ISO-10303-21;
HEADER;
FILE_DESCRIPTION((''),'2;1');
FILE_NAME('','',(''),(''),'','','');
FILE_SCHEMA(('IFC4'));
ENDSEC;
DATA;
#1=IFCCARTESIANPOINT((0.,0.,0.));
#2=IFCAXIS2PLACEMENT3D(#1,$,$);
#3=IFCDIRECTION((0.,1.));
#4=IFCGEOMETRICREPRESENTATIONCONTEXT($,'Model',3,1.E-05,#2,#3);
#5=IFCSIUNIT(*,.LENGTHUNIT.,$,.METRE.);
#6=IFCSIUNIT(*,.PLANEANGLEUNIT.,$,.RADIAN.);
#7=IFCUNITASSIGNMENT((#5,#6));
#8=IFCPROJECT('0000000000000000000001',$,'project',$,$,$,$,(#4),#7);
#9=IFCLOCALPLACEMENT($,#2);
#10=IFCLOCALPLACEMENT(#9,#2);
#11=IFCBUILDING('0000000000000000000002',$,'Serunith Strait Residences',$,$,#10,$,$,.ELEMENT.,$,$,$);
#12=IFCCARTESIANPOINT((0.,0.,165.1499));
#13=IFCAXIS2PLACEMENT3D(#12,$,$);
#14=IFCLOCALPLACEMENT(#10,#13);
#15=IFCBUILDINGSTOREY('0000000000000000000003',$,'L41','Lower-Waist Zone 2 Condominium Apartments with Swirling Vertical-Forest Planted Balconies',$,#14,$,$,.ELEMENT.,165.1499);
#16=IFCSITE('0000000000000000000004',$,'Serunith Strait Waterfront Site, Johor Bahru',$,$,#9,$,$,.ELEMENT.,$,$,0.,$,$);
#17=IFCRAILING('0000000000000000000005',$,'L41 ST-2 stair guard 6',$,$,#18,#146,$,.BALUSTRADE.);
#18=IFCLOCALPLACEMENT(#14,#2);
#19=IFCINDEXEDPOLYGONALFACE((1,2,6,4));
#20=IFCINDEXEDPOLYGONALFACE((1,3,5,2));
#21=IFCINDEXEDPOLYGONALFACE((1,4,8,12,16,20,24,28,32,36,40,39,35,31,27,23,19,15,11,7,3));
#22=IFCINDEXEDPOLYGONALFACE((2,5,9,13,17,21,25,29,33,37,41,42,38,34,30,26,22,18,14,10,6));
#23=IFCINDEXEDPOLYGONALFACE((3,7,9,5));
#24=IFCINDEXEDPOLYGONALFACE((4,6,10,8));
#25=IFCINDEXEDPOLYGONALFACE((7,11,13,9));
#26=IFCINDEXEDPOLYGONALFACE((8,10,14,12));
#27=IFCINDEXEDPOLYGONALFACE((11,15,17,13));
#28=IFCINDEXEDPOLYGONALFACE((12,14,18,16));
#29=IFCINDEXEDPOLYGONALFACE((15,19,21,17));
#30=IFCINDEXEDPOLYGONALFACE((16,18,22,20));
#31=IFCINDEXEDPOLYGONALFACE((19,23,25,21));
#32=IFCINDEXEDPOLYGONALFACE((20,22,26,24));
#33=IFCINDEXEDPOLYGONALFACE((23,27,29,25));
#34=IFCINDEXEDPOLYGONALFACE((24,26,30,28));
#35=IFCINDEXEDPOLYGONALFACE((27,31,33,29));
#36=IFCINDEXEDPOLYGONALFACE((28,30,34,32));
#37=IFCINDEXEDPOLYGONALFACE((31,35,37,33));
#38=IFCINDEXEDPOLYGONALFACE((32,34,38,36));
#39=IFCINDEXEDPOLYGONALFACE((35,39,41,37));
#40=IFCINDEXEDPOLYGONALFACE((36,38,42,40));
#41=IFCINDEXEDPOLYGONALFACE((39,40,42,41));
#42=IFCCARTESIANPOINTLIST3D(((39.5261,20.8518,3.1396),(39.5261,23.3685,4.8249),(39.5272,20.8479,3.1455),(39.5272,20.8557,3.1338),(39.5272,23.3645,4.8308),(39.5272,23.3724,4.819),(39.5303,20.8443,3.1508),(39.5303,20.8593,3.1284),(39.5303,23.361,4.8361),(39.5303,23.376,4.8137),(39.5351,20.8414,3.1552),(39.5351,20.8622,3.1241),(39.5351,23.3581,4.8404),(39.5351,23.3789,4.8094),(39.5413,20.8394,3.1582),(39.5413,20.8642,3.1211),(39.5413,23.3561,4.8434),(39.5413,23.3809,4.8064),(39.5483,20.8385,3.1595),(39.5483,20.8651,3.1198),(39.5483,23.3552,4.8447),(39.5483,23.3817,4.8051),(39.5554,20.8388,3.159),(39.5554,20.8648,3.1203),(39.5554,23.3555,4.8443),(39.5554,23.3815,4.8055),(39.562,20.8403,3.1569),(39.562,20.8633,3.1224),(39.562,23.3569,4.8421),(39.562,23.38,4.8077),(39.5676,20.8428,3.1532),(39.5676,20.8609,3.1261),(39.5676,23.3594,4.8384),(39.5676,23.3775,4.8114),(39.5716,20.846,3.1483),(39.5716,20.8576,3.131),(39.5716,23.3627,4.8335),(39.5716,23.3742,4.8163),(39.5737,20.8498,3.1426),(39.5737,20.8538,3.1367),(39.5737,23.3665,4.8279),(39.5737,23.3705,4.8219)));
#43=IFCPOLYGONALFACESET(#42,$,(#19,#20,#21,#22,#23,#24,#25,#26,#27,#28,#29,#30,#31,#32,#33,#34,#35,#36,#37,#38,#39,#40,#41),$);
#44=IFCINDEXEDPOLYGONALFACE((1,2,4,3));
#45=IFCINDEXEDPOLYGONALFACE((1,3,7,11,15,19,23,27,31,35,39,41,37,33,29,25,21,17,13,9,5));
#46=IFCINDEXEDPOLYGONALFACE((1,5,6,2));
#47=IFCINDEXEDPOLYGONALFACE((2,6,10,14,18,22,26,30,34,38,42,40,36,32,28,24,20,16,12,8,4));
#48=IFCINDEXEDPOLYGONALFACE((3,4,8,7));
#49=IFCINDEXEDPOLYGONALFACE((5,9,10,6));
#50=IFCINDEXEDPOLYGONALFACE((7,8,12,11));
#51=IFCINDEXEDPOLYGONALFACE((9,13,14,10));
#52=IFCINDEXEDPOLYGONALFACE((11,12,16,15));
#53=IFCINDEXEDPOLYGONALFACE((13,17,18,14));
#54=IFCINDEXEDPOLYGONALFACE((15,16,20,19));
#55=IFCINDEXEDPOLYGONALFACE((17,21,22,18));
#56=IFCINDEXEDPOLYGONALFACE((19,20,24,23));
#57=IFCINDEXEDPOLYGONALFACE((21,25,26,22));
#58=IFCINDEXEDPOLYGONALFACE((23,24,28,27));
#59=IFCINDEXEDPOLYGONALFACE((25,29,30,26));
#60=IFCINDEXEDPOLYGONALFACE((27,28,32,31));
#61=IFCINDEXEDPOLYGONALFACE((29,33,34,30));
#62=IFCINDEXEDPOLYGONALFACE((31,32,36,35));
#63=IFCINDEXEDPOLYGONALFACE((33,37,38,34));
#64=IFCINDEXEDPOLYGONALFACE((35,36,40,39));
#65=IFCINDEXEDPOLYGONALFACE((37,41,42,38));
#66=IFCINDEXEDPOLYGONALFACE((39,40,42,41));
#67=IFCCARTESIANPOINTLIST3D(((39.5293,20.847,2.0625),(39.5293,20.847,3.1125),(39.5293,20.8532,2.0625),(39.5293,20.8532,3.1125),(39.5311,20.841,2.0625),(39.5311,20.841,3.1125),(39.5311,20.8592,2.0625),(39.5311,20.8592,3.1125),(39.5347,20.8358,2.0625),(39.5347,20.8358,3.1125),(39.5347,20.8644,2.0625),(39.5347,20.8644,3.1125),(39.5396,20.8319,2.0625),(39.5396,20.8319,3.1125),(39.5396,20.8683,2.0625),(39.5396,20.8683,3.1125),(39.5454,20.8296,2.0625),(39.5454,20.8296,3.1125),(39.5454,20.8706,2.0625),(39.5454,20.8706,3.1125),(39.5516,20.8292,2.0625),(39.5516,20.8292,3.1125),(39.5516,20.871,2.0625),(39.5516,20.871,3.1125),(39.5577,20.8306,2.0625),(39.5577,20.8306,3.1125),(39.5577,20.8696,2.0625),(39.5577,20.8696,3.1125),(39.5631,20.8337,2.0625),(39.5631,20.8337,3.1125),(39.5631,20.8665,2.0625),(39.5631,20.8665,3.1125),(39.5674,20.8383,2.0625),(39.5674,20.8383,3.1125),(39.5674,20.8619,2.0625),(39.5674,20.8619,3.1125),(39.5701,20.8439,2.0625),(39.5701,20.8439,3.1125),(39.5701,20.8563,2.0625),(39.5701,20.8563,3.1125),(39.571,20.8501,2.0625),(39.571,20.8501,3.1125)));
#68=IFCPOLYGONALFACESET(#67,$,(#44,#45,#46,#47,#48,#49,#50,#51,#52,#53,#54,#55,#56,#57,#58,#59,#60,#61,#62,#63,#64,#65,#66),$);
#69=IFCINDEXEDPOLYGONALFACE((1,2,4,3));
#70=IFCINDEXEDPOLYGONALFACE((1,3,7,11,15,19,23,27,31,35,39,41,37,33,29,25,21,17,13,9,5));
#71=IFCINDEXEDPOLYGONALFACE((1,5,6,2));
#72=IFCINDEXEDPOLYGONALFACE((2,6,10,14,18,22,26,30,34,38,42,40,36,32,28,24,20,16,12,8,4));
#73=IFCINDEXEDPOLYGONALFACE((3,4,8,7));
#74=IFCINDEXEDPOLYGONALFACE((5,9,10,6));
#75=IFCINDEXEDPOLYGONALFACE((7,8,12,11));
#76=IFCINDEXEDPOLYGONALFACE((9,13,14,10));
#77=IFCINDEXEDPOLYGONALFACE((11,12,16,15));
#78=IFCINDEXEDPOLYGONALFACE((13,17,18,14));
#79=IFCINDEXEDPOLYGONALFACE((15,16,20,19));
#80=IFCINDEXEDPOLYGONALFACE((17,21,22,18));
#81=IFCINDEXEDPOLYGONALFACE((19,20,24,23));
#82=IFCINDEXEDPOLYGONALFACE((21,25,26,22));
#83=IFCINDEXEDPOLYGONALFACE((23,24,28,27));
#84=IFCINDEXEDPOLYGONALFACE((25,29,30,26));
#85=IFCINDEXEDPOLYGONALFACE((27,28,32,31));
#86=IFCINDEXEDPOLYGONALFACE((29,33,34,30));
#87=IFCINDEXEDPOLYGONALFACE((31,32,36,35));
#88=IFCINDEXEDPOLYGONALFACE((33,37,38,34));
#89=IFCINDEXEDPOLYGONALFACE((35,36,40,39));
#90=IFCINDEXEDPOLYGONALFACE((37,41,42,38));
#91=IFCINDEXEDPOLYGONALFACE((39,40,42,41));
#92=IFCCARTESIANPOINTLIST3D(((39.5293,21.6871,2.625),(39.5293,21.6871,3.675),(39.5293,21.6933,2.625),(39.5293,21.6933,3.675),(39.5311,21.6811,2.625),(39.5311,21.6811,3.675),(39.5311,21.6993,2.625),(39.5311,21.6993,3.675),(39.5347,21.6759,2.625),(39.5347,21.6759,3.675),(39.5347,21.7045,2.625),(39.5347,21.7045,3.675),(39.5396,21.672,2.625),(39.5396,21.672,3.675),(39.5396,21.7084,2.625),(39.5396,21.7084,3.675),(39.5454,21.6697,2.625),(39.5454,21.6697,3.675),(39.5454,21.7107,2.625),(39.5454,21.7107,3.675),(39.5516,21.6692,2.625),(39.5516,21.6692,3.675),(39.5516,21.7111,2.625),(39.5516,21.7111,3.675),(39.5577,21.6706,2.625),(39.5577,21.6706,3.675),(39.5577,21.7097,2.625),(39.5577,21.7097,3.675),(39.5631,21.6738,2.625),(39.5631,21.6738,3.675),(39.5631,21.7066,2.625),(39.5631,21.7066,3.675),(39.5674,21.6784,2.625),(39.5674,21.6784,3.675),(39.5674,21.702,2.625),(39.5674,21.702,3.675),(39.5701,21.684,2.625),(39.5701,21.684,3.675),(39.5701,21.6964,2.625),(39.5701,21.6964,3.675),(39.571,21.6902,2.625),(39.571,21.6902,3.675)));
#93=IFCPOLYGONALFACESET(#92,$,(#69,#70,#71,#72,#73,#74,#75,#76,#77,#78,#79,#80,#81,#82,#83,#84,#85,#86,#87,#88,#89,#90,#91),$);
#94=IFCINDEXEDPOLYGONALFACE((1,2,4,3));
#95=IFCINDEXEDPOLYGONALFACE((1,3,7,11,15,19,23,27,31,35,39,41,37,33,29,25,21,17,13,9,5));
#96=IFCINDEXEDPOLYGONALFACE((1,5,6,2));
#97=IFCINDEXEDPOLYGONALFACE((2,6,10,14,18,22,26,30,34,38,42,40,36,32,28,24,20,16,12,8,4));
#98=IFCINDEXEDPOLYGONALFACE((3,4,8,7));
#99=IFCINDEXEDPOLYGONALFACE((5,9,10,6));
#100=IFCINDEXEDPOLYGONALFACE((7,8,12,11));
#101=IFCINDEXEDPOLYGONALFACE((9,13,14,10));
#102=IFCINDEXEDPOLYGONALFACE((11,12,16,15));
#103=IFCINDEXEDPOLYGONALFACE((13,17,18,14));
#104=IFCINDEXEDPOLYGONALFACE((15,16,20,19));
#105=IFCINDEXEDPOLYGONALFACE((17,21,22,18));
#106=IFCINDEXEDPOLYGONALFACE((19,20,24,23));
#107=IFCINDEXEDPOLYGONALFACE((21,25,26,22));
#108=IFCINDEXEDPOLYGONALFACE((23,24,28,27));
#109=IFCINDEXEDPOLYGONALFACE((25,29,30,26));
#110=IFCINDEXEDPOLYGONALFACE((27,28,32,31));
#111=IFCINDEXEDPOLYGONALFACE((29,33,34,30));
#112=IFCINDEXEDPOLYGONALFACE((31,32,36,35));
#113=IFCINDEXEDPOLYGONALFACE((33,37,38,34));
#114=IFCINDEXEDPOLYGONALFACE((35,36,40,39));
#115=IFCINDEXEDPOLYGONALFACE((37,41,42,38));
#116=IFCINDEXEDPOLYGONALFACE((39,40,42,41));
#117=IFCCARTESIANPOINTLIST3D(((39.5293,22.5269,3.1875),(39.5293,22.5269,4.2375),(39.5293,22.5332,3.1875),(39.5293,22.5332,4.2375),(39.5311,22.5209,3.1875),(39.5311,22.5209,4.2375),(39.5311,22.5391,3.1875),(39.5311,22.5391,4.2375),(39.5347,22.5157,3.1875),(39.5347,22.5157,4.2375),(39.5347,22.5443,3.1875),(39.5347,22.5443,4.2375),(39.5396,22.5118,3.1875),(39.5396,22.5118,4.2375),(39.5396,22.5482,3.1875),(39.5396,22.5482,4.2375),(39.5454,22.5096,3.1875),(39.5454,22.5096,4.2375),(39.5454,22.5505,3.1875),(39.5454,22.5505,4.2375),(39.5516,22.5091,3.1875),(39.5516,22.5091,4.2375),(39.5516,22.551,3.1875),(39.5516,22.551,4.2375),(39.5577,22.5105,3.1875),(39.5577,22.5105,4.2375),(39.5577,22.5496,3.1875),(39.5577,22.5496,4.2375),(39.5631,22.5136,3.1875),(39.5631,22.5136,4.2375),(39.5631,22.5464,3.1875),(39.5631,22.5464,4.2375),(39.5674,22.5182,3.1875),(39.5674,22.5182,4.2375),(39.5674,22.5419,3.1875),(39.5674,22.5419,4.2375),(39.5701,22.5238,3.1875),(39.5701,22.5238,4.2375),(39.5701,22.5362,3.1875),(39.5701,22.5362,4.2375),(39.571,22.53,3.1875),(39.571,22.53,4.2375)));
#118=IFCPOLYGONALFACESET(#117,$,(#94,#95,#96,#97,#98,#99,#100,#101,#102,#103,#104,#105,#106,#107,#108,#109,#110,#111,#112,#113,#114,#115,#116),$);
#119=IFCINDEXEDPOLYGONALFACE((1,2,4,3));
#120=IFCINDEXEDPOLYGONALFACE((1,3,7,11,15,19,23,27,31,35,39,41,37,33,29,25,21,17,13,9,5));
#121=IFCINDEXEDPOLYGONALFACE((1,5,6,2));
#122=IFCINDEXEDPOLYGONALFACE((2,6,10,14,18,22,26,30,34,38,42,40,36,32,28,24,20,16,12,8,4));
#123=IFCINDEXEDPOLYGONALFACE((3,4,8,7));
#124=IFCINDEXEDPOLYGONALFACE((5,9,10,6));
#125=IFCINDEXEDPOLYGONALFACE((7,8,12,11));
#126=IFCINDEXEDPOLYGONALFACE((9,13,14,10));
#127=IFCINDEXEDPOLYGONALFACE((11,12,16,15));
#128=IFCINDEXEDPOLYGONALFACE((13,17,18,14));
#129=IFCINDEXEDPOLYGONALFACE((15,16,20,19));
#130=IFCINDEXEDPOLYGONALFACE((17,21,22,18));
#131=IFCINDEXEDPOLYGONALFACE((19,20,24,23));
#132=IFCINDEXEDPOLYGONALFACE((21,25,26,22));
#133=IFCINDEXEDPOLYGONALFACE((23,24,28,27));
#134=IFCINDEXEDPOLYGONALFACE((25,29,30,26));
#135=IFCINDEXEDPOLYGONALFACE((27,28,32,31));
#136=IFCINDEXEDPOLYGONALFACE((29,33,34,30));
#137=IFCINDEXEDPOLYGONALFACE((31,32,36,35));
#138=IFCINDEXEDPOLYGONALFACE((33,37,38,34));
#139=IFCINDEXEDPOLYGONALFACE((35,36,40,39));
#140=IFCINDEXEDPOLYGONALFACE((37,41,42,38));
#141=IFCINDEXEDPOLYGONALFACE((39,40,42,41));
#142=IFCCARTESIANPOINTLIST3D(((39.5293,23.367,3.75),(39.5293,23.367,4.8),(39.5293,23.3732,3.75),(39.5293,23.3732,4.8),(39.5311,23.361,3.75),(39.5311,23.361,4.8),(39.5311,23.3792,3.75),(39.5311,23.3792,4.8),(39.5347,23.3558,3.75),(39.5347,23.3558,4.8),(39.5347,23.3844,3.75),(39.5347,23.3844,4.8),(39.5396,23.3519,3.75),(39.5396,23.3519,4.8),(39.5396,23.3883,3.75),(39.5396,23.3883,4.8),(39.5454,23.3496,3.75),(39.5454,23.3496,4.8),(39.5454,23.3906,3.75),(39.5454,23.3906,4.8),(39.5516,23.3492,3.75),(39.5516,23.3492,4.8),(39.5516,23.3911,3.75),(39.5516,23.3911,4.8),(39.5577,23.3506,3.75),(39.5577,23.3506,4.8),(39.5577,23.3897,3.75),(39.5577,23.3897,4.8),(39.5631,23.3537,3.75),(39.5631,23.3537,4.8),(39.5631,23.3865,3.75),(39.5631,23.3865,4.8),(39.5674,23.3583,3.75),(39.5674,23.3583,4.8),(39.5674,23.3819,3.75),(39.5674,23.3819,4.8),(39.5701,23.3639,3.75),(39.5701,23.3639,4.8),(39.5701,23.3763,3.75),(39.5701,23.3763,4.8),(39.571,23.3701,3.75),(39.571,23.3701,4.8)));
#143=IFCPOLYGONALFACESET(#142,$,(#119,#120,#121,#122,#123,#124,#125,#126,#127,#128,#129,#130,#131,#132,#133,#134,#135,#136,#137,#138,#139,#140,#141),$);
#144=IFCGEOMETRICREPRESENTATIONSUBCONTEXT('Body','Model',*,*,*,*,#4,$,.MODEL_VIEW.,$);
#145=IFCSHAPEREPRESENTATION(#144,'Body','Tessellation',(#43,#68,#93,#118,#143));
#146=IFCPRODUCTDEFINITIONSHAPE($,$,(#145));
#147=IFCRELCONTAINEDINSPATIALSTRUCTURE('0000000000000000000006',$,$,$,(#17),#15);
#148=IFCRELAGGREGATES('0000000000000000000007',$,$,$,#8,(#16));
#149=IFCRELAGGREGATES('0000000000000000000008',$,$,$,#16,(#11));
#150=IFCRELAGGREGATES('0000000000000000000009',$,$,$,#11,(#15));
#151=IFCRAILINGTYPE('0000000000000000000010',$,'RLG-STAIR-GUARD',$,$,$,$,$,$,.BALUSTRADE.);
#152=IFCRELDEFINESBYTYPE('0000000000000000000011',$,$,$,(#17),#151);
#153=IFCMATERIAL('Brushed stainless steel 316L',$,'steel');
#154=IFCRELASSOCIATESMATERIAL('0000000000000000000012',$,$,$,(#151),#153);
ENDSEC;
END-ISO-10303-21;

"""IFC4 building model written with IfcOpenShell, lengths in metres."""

from ifc_helpers import new_model, si_unit, direction, frame, origin, origin_2d, place, context, subcontext, project, spatial, circle, extrude, material, type_object, element, save


model = new_model("IFC4")

# Units and contexts
model_context = context("Model", 3, precision=1e-05, world=origin(), true_north=direction((0.0, 1.0)))
body_context = subcontext(model_context, "Body", "Model", "MODEL_VIEW")
ifc_project = project(units=[si_unit("LENGTHUNIT", "METRE"), si_unit("PLANEANGLEUNIT", "RADIAN")], contexts=[model_context])

# Site, building, storey
site_placement = place(None, origin())
site = spatial("IfcSite", under=ifc_project, at=site_placement, Name="Serunith Strait Waterfront Site, Johor Bahru", CompositionType="ELEMENT", RefElevation=0.0)
building_placement = place(site_placement, origin())
building = spatial("IfcBuilding", under=site, at=building_placement, Name="Serunith Strait Residences", CompositionType="ELEMENT")
storey_placement = place(building_placement, frame((0.0, 0.0, 165.1499)))
storey = spatial("IfcBuildingStorey", under=building, at=storey_placement, Name="L41", Description="Lower-Waist Zone 2 Condominium Apartments with Swirling Vertical-Forest Planted Balconies", CompositionType="ELEMENT", Elevation=165.1499)

# Railing
ifc_material_1 = material(Name="Brushed stainless steel 316L", Category="steel")
railing_type_1 = type_object("IfcRailingType", Name="RLG-STAIR-GUARD", PredefinedType="BALUSTRADE", material=ifc_material_1)
railing_1_placement = place(storey_placement, frame((39.55, 20.8501, 2.0625)))
element("IfcRailing", 1, at=railing_1_placement, inside=storey, type_object=railing_type_1, Name="L41 ST-2 stair guard 6", PredefinedType="BALUSTRADE", context=body_context, shape_type="SweptSolid", body=[
    extrude(circle(Radius=0.0239, at=origin_2d()), frame((0.0, 0.0017, 1.0771), z_axis=(0.0, 0.830909, 0.556408), x_axis=(-1.0, 0.0, 0.0)), (0.0, 0.0, 1.0), 3.0288),
    extrude(circle(Radius=0.021, at=origin_2d()), origin(), (0.0, 0.0, 1.0), 1.05),
    extrude(circle(Radius=0.021, at=origin_2d()), frame((0.0, 0.8401, 0.5625)), (0.0, 0.0, 1.0), 1.05),
    extrude(circle(Radius=0.021, at=origin_2d()), frame((0.0, 1.6799, 1.125)), (0.0, 0.0, 1.0), 1.05),
    extrude(circle(Radius=0.021, at=origin_2d()), frame((0.0, 2.52, 1.6875)), (0.0, 0.0, 1.0), 1.05),
])

save(model, "model.ifc")
